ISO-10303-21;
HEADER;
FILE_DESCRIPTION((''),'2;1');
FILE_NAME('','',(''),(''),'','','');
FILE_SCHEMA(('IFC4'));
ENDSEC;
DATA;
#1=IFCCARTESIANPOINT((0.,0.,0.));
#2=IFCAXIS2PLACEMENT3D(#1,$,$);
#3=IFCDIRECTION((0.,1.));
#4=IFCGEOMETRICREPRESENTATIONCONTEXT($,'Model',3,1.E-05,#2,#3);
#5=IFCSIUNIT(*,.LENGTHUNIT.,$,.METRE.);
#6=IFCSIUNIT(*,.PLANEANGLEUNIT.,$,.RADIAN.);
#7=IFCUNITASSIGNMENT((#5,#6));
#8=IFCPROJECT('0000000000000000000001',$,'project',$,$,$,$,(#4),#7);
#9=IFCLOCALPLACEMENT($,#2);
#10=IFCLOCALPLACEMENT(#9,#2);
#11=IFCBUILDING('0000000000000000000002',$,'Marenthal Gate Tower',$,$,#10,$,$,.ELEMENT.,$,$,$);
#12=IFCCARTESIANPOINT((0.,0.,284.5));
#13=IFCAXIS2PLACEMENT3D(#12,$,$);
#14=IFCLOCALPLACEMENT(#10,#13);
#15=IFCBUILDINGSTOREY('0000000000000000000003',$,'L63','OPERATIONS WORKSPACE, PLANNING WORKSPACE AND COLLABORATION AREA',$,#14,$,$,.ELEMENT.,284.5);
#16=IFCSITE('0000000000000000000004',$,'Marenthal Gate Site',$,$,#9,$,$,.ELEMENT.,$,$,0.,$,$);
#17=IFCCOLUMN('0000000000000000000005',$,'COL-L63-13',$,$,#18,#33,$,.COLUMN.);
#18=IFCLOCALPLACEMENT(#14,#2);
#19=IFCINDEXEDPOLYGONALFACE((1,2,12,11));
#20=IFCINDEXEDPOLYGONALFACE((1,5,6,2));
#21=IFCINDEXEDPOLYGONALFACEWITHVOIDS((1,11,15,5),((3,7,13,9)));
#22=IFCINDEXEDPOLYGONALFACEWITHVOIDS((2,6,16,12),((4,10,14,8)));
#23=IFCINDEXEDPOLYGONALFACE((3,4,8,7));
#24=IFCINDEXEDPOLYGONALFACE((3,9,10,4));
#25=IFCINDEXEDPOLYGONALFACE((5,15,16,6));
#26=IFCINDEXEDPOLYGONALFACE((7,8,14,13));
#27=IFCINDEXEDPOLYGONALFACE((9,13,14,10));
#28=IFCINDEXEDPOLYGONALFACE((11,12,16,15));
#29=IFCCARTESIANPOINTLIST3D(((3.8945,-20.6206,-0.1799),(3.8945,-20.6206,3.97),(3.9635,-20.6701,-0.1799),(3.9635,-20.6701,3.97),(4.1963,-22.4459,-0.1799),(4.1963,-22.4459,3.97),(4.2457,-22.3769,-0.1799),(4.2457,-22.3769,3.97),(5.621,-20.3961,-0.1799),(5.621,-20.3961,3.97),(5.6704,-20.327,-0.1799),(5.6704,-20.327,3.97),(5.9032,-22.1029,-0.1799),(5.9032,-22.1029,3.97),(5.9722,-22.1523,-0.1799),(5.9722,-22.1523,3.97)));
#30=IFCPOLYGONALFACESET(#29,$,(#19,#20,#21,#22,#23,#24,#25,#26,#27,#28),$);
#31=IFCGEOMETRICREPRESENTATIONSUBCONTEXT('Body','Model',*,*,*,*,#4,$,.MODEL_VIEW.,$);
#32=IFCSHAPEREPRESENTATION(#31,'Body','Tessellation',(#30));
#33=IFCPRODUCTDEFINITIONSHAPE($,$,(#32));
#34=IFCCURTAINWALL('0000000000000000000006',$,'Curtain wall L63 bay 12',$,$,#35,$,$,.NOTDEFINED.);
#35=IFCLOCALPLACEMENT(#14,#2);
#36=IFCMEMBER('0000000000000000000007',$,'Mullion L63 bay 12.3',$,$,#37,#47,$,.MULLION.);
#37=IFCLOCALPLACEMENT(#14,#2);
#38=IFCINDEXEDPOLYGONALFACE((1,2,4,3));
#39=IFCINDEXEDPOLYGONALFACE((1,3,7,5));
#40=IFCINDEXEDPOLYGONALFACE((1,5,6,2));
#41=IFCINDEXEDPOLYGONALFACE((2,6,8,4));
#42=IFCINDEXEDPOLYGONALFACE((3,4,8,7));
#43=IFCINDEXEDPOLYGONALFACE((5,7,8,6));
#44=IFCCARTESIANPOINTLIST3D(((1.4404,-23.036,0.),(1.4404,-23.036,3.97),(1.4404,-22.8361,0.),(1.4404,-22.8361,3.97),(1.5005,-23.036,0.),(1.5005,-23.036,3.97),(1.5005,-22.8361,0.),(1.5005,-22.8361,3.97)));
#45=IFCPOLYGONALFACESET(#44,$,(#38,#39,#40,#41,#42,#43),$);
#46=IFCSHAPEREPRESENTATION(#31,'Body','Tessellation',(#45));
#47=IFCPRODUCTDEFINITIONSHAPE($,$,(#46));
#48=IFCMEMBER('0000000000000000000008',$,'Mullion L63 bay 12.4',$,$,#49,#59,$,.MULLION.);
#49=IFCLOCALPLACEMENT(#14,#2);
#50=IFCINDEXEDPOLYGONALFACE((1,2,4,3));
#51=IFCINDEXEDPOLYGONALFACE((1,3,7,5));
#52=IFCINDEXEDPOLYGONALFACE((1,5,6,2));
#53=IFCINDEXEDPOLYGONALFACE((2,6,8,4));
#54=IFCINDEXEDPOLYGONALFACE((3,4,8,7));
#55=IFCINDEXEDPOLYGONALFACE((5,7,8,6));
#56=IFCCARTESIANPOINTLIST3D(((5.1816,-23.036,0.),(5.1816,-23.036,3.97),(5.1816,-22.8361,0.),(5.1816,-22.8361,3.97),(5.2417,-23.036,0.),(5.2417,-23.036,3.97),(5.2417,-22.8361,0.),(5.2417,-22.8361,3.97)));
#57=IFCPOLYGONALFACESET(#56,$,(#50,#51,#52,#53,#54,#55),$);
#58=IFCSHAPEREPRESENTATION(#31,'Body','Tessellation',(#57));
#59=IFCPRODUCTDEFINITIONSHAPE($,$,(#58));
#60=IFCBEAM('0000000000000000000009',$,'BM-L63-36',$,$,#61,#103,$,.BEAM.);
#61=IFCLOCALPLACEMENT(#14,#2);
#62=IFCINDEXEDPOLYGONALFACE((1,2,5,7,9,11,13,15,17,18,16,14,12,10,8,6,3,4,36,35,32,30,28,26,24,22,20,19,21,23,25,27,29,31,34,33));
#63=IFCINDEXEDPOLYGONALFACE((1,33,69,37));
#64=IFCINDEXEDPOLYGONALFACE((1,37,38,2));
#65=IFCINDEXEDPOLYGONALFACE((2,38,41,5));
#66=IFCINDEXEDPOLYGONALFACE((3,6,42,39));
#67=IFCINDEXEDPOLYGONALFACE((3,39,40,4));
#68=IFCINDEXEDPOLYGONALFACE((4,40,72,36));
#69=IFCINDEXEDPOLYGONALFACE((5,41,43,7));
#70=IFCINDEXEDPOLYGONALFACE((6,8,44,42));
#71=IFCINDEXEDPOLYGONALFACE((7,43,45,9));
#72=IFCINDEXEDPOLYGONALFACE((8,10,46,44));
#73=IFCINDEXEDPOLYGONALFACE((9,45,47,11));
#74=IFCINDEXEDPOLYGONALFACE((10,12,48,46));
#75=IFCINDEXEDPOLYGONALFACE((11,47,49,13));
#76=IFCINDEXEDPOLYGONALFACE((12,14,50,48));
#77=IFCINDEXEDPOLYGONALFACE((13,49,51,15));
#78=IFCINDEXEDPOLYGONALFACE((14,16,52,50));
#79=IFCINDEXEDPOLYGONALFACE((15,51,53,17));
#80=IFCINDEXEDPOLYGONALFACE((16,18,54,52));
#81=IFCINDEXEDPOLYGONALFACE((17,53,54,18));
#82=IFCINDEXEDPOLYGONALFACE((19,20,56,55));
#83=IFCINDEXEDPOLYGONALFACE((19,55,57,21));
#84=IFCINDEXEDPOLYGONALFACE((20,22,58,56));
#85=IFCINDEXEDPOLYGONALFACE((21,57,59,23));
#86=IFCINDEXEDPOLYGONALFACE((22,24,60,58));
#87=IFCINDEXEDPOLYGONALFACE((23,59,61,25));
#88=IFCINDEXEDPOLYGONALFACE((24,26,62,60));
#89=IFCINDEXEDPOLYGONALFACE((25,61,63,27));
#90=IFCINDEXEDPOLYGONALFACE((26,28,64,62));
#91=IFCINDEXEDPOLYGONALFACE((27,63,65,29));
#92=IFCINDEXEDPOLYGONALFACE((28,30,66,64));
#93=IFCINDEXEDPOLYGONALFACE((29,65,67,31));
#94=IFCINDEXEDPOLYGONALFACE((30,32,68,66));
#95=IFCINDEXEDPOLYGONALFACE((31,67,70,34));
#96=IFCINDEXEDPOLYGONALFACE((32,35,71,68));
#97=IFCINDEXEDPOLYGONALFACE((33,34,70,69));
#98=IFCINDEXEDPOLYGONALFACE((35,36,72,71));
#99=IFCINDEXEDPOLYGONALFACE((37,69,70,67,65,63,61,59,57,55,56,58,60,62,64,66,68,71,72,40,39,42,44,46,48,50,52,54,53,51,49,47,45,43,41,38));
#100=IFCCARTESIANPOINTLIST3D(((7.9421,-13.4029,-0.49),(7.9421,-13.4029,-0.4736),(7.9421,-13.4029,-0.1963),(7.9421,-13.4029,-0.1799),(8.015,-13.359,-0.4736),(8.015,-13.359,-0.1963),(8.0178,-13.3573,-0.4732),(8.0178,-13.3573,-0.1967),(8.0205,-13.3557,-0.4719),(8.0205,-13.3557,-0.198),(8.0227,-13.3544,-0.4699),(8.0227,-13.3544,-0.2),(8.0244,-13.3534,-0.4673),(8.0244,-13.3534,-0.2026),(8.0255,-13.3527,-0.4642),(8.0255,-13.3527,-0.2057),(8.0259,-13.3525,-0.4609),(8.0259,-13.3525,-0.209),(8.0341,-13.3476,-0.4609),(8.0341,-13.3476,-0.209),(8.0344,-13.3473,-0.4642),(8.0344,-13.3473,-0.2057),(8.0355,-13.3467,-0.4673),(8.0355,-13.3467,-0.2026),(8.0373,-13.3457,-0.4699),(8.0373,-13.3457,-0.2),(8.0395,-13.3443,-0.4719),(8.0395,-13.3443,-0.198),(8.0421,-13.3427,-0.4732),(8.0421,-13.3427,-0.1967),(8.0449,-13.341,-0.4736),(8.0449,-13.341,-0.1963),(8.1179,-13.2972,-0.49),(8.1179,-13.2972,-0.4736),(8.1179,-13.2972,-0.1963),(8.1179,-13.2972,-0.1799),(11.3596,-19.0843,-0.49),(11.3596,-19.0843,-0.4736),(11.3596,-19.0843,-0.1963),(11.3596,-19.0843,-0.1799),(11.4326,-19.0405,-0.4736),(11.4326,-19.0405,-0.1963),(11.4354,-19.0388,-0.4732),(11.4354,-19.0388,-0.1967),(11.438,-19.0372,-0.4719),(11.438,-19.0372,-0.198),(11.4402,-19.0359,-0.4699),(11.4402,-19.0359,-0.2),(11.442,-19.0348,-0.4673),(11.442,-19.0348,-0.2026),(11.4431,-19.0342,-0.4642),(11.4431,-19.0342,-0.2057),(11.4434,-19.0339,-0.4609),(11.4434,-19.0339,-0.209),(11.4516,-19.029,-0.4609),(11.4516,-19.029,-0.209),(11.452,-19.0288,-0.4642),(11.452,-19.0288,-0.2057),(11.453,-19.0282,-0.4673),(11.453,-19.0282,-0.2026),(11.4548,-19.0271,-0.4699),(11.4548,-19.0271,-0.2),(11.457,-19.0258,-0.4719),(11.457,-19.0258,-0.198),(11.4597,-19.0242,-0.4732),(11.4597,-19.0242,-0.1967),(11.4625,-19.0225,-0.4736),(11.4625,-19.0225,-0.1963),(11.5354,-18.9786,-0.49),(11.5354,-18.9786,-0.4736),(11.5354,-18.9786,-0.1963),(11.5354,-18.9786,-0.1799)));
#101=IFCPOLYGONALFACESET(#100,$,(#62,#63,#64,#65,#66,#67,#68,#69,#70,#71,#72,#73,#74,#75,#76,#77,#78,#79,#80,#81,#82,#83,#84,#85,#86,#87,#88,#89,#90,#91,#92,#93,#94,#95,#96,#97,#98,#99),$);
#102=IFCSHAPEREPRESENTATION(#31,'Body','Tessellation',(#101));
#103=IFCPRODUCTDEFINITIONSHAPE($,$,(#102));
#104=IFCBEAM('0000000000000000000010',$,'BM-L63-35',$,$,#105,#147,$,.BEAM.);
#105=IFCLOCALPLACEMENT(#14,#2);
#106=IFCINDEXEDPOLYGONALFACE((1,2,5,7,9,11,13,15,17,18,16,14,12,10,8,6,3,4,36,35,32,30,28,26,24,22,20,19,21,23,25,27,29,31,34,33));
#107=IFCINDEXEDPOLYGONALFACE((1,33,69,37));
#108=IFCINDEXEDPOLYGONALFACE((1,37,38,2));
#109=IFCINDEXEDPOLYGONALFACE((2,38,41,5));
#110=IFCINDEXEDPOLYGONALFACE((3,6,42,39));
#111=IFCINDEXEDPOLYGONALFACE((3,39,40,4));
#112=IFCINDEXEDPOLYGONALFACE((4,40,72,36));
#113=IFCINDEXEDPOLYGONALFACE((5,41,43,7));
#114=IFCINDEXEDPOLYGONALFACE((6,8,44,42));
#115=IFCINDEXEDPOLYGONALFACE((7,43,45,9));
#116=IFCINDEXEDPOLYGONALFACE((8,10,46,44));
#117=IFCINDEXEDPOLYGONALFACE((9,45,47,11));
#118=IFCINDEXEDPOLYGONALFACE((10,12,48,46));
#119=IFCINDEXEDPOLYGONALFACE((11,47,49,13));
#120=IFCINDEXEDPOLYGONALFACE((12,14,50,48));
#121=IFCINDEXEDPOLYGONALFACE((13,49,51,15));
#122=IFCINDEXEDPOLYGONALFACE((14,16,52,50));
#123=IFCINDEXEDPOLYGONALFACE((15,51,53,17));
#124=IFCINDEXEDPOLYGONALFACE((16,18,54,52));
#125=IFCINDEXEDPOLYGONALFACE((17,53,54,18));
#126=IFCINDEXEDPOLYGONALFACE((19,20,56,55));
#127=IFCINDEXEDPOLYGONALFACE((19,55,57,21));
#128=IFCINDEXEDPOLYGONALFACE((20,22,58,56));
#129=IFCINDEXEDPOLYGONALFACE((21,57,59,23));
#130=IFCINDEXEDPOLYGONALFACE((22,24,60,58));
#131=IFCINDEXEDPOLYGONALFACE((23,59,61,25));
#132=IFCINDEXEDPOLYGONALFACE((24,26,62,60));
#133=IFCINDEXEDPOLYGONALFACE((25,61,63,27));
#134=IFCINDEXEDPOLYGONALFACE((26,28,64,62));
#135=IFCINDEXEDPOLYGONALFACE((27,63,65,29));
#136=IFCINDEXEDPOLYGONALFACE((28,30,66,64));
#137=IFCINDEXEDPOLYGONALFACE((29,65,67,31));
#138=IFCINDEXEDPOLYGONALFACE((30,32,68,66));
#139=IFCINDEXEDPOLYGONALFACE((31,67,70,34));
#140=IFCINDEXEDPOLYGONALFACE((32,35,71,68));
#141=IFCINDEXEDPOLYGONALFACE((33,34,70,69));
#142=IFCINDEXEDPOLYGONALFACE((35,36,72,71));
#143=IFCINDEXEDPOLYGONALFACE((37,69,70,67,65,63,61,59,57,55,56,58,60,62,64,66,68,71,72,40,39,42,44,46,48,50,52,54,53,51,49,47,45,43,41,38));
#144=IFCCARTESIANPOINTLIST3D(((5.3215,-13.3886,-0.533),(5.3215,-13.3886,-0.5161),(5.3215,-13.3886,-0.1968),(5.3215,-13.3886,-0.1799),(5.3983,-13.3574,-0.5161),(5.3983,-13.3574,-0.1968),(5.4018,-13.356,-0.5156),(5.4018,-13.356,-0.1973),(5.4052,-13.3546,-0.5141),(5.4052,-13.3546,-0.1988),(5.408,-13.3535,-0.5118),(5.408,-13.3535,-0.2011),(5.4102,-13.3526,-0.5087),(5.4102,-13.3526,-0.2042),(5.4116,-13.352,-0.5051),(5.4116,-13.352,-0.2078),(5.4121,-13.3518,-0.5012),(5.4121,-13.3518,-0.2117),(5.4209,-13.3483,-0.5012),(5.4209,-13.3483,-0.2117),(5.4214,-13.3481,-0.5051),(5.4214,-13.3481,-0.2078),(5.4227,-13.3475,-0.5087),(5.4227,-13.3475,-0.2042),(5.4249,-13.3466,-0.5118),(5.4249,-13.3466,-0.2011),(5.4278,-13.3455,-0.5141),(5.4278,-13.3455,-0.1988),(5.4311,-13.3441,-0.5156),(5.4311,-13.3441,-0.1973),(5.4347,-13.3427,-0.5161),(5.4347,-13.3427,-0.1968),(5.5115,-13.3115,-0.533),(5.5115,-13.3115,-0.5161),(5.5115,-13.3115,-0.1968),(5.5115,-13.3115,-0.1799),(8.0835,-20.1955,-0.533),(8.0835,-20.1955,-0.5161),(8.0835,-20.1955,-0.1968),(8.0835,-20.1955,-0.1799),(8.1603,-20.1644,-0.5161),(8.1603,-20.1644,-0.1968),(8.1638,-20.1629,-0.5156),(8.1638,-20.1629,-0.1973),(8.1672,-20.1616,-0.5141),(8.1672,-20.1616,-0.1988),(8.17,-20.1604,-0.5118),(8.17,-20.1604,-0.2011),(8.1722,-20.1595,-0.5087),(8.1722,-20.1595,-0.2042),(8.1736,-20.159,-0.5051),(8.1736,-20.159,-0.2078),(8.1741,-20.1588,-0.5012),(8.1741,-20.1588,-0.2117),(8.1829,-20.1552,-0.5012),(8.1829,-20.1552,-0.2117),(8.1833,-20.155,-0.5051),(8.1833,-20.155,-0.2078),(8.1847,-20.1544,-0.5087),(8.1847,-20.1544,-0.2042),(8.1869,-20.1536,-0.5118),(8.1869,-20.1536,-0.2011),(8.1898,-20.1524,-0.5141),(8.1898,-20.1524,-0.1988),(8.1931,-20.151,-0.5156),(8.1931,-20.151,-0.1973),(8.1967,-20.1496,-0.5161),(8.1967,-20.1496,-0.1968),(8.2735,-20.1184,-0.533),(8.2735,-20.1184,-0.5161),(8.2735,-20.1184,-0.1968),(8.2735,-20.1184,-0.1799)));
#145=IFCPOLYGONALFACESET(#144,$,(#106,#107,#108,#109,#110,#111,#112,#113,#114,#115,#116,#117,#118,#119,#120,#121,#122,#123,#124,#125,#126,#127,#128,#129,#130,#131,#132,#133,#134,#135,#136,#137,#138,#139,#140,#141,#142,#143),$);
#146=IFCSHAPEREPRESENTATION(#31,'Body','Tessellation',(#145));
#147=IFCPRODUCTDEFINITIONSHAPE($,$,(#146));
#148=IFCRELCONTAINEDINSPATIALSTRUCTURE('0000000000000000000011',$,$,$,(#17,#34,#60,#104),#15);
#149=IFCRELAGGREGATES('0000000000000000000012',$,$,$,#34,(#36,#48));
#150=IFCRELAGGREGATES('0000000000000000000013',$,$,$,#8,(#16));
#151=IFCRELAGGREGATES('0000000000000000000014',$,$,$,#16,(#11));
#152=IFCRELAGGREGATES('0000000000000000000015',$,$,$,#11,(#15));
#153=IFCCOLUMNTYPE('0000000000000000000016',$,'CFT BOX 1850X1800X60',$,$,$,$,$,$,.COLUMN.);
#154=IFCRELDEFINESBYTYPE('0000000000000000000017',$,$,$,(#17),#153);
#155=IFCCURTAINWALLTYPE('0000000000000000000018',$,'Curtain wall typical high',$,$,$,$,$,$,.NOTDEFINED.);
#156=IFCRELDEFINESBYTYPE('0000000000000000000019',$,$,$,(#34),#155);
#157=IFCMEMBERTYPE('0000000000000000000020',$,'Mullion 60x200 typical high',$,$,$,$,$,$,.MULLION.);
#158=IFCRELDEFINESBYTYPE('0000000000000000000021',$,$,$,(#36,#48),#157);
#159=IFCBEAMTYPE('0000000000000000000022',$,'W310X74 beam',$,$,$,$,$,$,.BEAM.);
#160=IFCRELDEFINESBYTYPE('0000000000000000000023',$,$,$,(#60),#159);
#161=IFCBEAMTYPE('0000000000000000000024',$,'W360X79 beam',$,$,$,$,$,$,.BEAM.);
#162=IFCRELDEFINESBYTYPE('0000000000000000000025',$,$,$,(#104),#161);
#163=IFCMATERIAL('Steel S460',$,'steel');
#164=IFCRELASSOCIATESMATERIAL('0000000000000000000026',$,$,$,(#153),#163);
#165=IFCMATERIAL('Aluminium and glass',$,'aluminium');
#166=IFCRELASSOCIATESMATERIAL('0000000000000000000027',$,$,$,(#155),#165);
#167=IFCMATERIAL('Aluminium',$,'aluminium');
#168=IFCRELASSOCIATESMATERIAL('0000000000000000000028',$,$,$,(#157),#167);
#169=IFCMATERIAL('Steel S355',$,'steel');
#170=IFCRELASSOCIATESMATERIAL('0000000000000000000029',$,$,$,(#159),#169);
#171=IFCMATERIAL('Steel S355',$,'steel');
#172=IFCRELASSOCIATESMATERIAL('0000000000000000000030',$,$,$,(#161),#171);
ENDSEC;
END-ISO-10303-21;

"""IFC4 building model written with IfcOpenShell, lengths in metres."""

from ifc_helpers import new_model, si_unit, direction, frame, origin, origin_2d, place, context, subcontext, project, spatial, rectangle, hollow_rectangle, i_section, extrude, material, material_profile, profile_set, type_object, element, aggregate, save


model = new_model("IFC4")

# Units and contexts
model_context = context("Model", 3, precision=1e-05, world=origin(), true_north=direction((0.0, 1.0)))
body_context = subcontext(model_context, "Body", "Model", "MODEL_VIEW")
ifc_project = project(units=[si_unit("LENGTHUNIT", "METRE"), si_unit("PLANEANGLEUNIT", "RADIAN")], contexts=[model_context])

# Site, building, storey
site_placement = place(None, origin())
site = spatial("IfcSite", under=ifc_project, at=site_placement, Name="Marenthal Gate Site", CompositionType="ELEMENT", RefElevation=0.0)
building_placement = place(site_placement, origin())
building = spatial("IfcBuilding", under=site, at=building_placement, Name="Marenthal Gate Tower", CompositionType="ELEMENT")
storey_placement = place(building_placement, frame((0.0, 0.0, 284.5)))
storey = spatial("IfcBuildingStorey", under=building, at=storey_placement, Name="L63", Description="OPERATIONS WORKSPACE, PLANNING WORKSPACE AND COLLABORATION AREA", CompositionType="ELEMENT", Elevation=284.5)

# Column
ifc_material_1 = material(Name="Steel S460", Category="steel")
ifc_material_profile_1 = material_profile(ifc_material_1, hollow_rectangle(XDim=1.8, YDim=1.8501, WallThickness=0.0601, at=origin_2d()), Name="CFT BOX 1850X1800X60")
ifc_material_2 = material(Name="Concrete 70 MPa", Category="concrete")
ifc_material_profile_2 = material_profile(ifc_material_2, rectangle(XDim=1.6799, YDim=1.73, at=origin_2d()), Name="CFT BOX 1850X1800X60 INFILL")
ifc_profile_set_1 = profile_set([ifc_material_profile_1, ifc_material_profile_2], Name="Steel S460 shell, Concrete 70 MPa infill")
column_type = type_object("IfcColumnType", Name="CFT BOX 1850X1800X60", PredefinedType="COLUMN", material=ifc_profile_set_1)
column_placement = place(storey_placement, frame((4.9333, -21.3865, -0.1799), z_axis=(0.0, 0.0, 1.0), x_axis=(-0.986606, -0.163119, 0.0)))
element("IfcColumn", 1, at=column_placement, inside=storey, type_object=column_type, Name="COL-L63-13", PredefinedType="COLUMN", context=body_context, shape_type="SweptSolid", body=[
    extrude(hollow_rectangle(XDim=1.8, YDim=1.8501, WallThickness=0.0601, at=origin_2d()), origin(), (0.0, 0.0, 1.0), 4.1499),
])

# Curtain wall, members
ifc_material_3 = material(Name="Aluminium and glass", Category="aluminium")
curtain_wall_type = type_object("IfcCurtainWallType", Name="Curtain wall typical high", PredefinedType="NOTDEFINED", material=ifc_material_3)
curtain_wall_placement = place(storey_placement, origin())
curtain_wall = element("IfcCurtainWall", 2, at=curtain_wall_placement, inside=storey, type_object=curtain_wall_type, Name="Curtain wall L63 bay 12", PredefinedType="NOTDEFINED")
ifc_material_4 = material(Name="Aluminium", Category="aluminium")
ifc_material_profile_3 = material_profile(ifc_material_4, rectangle(XDim=0.2, YDim=0.0601, at=origin_2d()), Name="60x200 aluminium mullion")
ifc_profile_set_2 = profile_set([ifc_material_profile_3], Name="Aluminium")
member_type = type_object("IfcMemberType", Name="Mullion 60x200 typical high", PredefinedType="MULLION", material=ifc_profile_set_2)
member_1_placement = place(storey_placement, frame((1.4705, -22.936, 0.0), z_axis=(0.0, 0.0, 1.0), x_axis=(0.0, 1.0, 0.0)))
member_1 = element("IfcMember", 3, at=member_1_placement, type_object=member_type, Name="Mullion L63 bay 12.3", PredefinedType="MULLION", context=body_context, shape_type="SweptSolid", body=[
    extrude(rectangle(XDim=0.2, YDim=0.0601, at=origin_2d()), origin(), (0.0, 0.0, 1.0), 3.97),
])
member_2_placement = place(storey_placement, frame((5.2117, -22.936, 0.0), z_axis=(0.0, 0.0, 1.0), x_axis=(0.0, 1.0, 0.0)))
member_2 = element("IfcMember", 4, at=member_2_placement, type_object=member_type, Name="Mullion L63 bay 12.4", PredefinedType="MULLION", context=body_context, shape_type="SweptSolid", body=[
    extrude(rectangle(XDim=0.2, YDim=0.0601, at=origin_2d()), origin(), (0.0, 0.0, 1.0), 3.97),
])

# Beams
ifc_material_5 = material(Name="Steel S355", Category="steel")
ifc_material_profile_4 = material_profile(ifc_material_5, i_section(OverallWidth=0.2051, OverallDepth=0.3101, WebThickness=0.0095, FlangeThickness=0.0164, FilletRadius=0.0127, at=origin_2d()), Name="W310X74")
ifc_profile_set_3 = profile_set([ifc_material_profile_4], Name="Steel S355")
beam_type_1 = type_object("IfcBeamType", Name="W310X74 beam", PredefinedType="BEAM", material=ifc_profile_set_3)
beam_1_placement = place(storey_placement, frame((11.4475, -19.0315, -0.335), z_axis=(-0.515454, 0.856917, 0.0), x_axis=(-0.856917, -0.515454, 0.0)))
element("IfcBeam", 5, at=beam_1_placement, inside=storey, type_object=beam_type_1, Name="BM-L63-36", PredefinedType="BEAM", context=body_context, shape_type="SweptSolid", body=[
    extrude(i_section(OverallWidth=0.2051, OverallDepth=0.3101, WebThickness=0.0095, FlangeThickness=0.0164, FilletRadius=0.0127, at=origin_2d()), origin(), (0.0, 0.0, 1.0), 6.6301),
])
ifc_material_6 = material(Name="Steel S355", Category="steel")
ifc_material_profile_5 = material_profile(ifc_material_6, i_section(OverallWidth=0.2051, OverallDepth=0.353, WebThickness=0.0095, FlangeThickness=0.0168, FilletRadius=0.0149, at=origin_2d()), Name="W360X79")
ifc_profile_set_4 = profile_set([ifc_material_profile_5], Name="Steel S355")
beam_type_2 = type_object("IfcBeamType", Name="W360X79 beam", PredefinedType="BEAM", material=ifc_profile_set_4)
beam_2_placement = place(storey_placement, frame((8.1785, -20.157, -0.3564), z_axis=(-0.375987, 0.926625, 0.0), x_axis=(-0.926625, -0.375987, 0.0)))
element("IfcBeam", 6, at=beam_2_placement, inside=storey, type_object=beam_type_2, Name="BM-L63-35", PredefinedType="BEAM", context=body_context, shape_type="SweptSolid", body=[
    extrude(i_section(OverallWidth=0.2051, OverallDepth=0.353, WebThickness=0.0095, FlangeThickness=0.0168, FilletRadius=0.0149, at=origin_2d()), origin(), (0.0, 0.0, 1.0), 7.3459),
])

aggregate(curtain_wall, [member_1, member_2])

save(model, "model.ifc")
